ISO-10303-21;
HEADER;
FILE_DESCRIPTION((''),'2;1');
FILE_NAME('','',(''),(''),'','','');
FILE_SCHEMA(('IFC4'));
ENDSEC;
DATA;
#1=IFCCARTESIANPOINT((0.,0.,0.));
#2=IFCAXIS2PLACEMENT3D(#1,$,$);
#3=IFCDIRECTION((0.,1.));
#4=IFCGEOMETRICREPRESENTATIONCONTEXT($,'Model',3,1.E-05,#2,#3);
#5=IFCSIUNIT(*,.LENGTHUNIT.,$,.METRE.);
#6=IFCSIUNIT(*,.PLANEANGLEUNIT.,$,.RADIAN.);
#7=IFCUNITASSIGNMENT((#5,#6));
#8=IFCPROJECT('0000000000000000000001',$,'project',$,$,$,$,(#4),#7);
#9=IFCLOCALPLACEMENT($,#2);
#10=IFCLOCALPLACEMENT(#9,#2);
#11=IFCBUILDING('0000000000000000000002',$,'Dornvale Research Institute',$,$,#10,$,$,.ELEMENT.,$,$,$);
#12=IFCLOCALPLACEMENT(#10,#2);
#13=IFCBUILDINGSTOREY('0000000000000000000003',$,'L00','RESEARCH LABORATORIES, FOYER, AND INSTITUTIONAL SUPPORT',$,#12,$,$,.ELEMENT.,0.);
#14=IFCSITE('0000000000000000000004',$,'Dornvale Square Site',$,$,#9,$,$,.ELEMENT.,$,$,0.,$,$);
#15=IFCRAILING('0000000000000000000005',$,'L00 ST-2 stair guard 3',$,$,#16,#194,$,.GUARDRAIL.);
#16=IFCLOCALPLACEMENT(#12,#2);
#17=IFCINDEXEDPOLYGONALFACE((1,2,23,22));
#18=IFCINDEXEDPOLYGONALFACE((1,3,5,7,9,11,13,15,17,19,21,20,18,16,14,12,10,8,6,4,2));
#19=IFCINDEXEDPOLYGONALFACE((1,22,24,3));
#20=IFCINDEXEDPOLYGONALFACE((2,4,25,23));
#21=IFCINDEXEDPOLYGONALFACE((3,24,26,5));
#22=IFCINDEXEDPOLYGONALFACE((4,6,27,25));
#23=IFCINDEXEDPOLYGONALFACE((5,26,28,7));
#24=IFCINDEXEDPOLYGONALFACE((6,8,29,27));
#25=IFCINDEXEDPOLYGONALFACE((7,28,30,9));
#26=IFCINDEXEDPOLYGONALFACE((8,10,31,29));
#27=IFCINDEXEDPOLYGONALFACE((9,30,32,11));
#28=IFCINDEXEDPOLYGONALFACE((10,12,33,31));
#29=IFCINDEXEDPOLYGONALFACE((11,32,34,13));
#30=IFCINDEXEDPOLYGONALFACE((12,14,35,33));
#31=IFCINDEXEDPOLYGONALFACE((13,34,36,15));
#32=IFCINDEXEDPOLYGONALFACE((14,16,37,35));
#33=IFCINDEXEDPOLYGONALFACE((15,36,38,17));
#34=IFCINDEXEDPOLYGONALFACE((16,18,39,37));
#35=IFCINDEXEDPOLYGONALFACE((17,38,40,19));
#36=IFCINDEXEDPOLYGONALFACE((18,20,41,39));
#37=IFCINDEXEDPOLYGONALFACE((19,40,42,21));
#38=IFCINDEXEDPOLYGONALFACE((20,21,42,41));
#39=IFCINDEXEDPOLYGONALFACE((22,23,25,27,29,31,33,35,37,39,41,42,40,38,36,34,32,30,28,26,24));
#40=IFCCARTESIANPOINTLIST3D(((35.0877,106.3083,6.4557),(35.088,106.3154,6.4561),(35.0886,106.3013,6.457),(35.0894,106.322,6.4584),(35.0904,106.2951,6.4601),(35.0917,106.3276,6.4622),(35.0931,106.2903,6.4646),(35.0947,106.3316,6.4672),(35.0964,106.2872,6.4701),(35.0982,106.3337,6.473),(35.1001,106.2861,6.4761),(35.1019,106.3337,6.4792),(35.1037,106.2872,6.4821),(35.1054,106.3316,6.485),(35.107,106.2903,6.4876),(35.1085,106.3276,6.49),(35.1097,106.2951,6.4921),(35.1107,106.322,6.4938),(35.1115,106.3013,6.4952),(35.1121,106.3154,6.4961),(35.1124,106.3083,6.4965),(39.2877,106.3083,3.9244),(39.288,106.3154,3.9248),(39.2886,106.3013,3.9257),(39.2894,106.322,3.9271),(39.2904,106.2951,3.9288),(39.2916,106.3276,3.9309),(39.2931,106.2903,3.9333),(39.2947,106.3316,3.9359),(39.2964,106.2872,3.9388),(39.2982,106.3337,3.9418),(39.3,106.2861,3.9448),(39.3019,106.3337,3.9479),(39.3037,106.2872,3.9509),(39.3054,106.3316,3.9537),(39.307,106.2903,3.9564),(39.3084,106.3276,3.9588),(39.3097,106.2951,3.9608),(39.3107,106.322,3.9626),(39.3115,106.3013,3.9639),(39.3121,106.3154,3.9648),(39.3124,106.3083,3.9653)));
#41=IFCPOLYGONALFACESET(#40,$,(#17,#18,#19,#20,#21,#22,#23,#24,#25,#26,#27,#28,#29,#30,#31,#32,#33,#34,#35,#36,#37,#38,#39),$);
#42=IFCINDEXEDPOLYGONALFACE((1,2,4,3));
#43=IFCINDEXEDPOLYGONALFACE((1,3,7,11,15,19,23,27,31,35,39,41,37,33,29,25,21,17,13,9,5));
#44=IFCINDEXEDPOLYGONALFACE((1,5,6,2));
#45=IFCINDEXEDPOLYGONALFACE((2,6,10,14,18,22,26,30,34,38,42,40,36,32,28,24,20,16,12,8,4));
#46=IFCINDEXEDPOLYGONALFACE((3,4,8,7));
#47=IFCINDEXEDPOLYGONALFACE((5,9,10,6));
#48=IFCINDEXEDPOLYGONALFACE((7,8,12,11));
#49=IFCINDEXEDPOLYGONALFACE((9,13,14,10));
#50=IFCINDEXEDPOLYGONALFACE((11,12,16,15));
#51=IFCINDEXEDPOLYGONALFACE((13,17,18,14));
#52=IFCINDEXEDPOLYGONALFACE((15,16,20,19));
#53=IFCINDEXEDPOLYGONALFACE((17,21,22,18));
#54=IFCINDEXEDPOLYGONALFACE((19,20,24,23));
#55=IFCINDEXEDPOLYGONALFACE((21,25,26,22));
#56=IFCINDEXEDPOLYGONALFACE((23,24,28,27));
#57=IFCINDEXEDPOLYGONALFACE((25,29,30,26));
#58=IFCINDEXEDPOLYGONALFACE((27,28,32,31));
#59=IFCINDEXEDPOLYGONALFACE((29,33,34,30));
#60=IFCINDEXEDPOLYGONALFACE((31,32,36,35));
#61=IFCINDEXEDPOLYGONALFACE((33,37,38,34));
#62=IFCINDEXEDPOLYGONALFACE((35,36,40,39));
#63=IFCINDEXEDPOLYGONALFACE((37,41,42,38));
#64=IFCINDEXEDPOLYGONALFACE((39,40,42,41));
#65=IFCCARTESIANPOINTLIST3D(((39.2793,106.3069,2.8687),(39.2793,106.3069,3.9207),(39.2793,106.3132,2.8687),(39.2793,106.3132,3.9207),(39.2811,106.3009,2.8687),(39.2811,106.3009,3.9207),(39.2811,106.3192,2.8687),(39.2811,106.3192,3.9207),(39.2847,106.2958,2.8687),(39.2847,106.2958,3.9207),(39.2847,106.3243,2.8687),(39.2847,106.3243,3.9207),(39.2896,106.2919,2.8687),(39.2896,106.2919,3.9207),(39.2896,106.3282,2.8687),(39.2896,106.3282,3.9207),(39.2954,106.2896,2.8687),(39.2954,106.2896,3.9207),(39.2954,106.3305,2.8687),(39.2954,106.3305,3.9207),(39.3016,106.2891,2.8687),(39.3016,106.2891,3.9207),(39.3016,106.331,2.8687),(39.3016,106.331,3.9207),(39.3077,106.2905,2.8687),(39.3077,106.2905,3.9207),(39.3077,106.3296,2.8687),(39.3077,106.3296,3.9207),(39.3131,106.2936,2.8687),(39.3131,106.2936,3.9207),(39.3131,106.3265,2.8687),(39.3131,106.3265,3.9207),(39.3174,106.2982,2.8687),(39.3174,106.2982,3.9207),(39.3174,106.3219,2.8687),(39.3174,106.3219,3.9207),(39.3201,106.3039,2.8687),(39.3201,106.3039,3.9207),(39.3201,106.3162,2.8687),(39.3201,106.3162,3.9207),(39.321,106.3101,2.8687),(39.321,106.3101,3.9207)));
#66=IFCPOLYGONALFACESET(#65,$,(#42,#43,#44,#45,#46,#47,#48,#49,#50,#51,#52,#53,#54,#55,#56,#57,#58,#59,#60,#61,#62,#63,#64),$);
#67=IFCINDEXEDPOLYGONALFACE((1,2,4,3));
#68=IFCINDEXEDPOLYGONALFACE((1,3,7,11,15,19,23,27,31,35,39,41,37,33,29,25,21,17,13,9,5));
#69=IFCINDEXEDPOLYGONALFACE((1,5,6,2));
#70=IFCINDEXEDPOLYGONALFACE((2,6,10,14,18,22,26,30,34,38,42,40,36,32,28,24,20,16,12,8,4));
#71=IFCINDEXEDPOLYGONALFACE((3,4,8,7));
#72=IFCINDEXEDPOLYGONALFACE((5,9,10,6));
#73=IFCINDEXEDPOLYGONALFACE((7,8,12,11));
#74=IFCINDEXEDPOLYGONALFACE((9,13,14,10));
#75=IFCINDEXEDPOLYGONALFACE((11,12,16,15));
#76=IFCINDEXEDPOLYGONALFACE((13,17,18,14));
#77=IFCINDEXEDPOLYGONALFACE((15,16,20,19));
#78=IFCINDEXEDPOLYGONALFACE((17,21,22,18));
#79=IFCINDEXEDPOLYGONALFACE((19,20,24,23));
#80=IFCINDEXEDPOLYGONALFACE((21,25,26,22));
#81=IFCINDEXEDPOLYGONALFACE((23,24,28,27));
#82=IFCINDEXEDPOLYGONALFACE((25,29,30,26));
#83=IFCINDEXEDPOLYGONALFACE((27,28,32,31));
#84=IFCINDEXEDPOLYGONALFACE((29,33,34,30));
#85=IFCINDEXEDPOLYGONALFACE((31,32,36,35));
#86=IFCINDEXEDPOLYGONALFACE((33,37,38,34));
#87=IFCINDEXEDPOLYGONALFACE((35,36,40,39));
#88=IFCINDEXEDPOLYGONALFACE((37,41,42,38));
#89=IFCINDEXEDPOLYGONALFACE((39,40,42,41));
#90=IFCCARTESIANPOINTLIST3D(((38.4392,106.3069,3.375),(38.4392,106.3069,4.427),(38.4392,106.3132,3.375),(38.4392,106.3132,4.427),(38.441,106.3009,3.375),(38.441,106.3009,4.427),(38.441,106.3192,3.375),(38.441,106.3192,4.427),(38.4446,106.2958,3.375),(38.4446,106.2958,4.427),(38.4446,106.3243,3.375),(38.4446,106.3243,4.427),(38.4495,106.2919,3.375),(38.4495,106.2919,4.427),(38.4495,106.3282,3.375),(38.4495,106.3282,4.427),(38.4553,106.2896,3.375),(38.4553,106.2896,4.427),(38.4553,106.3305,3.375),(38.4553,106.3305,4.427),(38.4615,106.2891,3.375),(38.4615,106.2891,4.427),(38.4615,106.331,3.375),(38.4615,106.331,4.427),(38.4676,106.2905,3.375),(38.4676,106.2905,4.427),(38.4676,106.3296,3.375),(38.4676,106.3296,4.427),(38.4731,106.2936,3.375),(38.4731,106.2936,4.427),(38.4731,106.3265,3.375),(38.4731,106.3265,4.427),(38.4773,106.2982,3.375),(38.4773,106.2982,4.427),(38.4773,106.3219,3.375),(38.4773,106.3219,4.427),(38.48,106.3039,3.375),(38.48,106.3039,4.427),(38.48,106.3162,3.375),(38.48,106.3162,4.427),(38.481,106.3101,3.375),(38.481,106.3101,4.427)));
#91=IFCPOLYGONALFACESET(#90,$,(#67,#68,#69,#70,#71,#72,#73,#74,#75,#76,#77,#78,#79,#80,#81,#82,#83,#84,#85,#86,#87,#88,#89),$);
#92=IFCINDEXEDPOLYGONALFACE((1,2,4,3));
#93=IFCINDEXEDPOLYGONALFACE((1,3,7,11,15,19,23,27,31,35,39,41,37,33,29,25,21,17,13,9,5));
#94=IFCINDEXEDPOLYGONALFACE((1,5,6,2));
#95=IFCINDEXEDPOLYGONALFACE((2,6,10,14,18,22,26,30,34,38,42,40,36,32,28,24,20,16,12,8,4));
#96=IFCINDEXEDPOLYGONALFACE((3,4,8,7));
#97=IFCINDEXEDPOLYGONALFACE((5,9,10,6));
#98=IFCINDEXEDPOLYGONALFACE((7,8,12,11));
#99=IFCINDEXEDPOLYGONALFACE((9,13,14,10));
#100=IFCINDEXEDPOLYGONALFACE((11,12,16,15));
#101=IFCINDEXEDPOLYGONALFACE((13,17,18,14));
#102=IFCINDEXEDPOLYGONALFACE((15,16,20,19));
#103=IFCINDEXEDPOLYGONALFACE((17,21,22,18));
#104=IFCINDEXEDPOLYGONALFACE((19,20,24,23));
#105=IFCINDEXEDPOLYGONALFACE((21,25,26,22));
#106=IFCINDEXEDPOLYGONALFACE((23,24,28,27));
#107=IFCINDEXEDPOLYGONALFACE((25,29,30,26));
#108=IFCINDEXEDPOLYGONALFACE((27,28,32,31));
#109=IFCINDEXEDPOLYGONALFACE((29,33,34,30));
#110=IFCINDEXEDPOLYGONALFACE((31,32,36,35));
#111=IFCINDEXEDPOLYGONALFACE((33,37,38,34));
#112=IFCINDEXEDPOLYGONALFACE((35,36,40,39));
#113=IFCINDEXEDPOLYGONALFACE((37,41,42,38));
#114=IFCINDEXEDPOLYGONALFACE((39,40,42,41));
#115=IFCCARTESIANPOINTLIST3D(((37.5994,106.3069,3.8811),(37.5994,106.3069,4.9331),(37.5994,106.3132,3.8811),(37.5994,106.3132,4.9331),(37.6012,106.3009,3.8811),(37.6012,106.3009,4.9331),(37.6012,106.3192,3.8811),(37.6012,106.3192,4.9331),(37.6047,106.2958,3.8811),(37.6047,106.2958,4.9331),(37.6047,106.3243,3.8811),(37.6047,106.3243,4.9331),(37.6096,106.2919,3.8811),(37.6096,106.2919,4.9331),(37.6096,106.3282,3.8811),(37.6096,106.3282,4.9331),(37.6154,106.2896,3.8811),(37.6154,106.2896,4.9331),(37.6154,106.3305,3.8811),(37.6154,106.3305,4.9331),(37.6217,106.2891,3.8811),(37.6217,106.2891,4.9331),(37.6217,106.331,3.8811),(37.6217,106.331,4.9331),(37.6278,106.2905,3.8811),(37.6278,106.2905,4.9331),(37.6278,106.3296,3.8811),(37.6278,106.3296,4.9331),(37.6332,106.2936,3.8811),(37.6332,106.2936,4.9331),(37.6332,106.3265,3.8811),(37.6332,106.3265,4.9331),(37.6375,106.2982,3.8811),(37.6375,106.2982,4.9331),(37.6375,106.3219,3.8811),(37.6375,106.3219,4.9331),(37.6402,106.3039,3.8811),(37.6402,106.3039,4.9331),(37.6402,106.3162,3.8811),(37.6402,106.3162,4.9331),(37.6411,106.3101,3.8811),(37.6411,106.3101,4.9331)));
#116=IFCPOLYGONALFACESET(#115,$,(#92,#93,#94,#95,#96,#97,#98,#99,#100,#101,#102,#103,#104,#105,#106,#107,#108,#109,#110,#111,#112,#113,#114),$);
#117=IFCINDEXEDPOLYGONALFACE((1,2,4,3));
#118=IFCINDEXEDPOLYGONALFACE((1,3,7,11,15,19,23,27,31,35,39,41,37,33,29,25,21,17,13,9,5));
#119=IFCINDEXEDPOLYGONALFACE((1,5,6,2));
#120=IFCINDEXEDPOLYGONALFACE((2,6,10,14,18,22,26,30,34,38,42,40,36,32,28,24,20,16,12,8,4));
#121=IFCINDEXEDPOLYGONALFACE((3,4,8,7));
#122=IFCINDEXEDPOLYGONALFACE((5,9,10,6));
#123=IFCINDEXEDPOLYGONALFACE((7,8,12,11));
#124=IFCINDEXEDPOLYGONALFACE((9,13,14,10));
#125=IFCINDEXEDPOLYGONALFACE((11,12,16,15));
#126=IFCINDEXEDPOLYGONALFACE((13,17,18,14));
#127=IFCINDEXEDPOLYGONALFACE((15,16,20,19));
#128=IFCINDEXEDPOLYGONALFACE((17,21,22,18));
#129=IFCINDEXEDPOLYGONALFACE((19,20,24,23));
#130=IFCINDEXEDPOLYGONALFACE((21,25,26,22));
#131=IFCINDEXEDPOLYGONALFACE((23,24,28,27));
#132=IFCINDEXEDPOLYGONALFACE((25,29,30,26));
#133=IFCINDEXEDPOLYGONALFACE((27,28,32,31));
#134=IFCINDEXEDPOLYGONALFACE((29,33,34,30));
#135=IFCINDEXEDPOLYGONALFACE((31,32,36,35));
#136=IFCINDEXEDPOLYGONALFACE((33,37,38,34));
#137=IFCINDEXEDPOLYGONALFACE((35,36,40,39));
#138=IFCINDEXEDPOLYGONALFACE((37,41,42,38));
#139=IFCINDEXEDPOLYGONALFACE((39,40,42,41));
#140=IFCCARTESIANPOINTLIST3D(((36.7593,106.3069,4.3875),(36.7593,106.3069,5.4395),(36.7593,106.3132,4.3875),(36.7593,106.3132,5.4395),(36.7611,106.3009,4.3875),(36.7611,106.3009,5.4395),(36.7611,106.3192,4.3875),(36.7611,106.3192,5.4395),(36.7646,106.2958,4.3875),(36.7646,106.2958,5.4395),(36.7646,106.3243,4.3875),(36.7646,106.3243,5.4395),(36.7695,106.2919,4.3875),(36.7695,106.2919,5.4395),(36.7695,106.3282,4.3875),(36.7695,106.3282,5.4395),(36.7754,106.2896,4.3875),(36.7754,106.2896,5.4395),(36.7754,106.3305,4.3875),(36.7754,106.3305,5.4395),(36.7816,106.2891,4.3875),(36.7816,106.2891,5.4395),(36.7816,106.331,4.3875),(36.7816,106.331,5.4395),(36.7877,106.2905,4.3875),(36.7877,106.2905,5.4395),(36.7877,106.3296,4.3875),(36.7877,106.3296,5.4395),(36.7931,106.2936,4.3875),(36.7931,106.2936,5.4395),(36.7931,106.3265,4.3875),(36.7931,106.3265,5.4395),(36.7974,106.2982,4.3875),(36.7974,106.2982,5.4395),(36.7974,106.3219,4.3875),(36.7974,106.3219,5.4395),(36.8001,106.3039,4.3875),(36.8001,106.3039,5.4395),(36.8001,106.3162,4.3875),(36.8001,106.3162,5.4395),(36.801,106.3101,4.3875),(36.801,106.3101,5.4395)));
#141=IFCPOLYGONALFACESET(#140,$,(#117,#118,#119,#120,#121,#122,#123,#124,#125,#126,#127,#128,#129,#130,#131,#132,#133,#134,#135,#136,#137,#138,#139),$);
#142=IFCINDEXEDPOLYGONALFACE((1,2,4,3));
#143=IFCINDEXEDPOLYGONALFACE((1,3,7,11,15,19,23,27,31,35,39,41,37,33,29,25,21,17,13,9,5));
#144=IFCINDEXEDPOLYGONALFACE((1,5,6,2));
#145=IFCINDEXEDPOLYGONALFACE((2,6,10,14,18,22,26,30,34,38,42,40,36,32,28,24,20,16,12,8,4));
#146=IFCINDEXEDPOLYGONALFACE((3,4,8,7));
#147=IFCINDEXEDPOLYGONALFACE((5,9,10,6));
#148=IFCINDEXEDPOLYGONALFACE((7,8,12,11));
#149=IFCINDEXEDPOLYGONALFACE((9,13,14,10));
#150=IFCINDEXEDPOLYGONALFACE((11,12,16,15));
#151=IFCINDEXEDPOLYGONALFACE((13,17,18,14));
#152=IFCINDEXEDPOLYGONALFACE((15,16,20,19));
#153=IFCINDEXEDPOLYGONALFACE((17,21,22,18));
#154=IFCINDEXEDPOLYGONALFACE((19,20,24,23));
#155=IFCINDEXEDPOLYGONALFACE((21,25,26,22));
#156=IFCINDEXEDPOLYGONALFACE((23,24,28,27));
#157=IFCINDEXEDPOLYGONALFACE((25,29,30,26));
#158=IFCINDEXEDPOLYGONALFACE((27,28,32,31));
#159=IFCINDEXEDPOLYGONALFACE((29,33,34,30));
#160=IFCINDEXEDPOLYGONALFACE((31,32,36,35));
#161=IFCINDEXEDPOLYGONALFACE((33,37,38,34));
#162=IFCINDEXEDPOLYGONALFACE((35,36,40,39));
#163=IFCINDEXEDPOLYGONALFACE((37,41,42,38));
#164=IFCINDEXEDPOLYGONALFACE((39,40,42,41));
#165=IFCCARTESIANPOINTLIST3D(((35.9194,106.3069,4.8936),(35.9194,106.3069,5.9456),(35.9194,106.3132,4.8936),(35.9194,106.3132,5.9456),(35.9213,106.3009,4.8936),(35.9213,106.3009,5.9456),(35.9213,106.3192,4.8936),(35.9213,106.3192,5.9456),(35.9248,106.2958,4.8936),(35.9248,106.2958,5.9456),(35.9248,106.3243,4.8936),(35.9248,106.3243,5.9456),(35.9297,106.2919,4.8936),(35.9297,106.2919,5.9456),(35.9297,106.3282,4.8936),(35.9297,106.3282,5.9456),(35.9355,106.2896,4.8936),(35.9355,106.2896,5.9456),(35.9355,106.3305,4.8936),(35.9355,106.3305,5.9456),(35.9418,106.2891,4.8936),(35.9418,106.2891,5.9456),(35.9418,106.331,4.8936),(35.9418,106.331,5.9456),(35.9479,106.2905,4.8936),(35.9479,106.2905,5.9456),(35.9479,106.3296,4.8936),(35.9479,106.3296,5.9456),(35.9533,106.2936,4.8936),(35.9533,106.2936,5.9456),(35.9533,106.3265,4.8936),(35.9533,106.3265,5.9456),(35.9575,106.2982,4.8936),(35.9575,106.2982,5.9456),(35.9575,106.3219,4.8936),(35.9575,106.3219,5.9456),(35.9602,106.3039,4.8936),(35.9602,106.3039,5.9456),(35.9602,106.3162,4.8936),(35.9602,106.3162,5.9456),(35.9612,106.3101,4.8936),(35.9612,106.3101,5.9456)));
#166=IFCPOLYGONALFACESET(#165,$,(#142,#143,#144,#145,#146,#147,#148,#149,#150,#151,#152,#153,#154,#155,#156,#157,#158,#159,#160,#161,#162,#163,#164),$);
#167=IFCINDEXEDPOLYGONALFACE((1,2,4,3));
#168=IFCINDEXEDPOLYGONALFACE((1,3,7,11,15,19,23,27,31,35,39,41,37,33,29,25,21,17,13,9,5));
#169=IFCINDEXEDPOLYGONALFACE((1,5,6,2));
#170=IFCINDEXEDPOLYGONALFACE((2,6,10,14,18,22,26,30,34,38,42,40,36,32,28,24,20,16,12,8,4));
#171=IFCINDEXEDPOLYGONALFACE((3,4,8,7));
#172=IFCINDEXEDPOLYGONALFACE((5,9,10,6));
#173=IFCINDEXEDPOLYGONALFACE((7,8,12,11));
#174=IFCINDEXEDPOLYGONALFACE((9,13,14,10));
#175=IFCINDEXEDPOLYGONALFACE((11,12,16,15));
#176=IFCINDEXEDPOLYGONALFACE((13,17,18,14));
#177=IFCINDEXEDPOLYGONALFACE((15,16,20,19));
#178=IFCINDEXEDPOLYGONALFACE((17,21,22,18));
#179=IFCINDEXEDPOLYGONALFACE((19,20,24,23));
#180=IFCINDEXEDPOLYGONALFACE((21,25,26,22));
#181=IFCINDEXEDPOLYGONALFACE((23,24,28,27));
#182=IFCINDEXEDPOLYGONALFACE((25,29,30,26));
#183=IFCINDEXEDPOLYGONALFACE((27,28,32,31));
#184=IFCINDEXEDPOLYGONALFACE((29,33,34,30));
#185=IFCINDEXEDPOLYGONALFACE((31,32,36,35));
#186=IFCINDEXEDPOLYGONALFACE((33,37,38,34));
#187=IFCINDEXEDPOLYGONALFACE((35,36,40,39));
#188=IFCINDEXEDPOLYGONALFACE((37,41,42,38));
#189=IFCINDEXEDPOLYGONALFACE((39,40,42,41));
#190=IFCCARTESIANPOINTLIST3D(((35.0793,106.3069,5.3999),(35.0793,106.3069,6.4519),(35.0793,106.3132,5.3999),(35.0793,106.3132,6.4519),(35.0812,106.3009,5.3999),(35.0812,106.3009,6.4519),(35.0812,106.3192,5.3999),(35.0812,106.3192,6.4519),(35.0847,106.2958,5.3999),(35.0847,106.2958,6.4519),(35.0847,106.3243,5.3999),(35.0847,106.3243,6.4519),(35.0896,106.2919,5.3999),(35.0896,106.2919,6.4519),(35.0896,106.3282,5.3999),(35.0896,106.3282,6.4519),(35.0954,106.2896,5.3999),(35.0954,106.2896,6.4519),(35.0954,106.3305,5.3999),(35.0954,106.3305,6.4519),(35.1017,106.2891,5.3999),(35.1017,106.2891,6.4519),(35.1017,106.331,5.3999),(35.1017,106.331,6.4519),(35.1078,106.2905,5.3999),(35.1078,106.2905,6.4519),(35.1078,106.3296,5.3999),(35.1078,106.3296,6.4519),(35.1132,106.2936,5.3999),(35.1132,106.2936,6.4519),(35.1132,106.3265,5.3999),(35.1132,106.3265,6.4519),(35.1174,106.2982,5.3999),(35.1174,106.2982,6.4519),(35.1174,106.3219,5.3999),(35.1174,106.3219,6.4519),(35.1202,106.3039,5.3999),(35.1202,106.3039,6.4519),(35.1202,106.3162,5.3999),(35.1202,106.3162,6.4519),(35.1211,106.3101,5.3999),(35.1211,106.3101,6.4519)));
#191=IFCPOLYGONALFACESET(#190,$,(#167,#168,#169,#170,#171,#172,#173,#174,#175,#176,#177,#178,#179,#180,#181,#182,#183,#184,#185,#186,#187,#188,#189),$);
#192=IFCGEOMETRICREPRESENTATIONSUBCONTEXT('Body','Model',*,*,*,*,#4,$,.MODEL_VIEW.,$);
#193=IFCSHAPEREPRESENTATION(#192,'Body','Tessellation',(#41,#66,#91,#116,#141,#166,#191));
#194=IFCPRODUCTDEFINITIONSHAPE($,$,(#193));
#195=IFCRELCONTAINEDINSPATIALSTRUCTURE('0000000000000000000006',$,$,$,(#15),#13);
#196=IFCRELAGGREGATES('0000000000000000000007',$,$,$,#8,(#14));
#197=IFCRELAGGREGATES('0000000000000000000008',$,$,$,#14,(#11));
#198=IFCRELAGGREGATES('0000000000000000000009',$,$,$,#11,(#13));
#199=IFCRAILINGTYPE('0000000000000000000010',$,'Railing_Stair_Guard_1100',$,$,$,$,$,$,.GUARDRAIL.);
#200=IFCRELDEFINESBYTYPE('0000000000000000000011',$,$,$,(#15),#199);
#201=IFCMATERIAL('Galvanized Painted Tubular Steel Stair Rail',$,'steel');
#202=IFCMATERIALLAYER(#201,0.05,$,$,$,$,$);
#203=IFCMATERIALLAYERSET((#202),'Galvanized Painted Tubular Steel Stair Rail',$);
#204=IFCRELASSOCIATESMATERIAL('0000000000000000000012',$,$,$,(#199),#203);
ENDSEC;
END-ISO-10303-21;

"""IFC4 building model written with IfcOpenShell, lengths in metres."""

from ifc_helpers import new_model, si_unit, direction, frame, origin, origin_2d, place, context, subcontext, project, spatial, circle, extrude, material, layer, layer_set, type_object, element, save


model = new_model("IFC4")

# Units and contexts
model_context = context("Model", 3, precision=1e-05, world=origin(), true_north=direction((0.0, 1.0)))
body_context = subcontext(model_context, "Body", "Model", "MODEL_VIEW")
ifc_project = project(units=[si_unit("LENGTHUNIT", "METRE"), si_unit("PLANEANGLEUNIT", "RADIAN")], contexts=[model_context])

# Site, building, storey
site_placement = place(None, origin())
site = spatial("IfcSite", under=ifc_project, at=site_placement, Name="Dornvale Square Site", CompositionType="ELEMENT", RefElevation=0.0)
building_placement = place(site_placement, origin())
building = spatial("IfcBuilding", under=site, at=building_placement, Name="Dornvale Research Institute", CompositionType="ELEMENT")
storey_placement = place(building_placement, origin())
storey = spatial("IfcBuildingStorey", under=building, at=storey_placement, Name="L00", Description="RESEARCH LABORATORIES, FOYER, AND INSTITUTIONAL SUPPORT", CompositionType="ELEMENT", Elevation=0.0)

# Railing
ifc_material_1 = material(Name="Galvanized Painted Tubular Steel Stair Rail", Category="steel")
ifc_layer_1 = layer(ifc_material_1, 0.05)
ifc_layer_set_1 = layer_set([ifc_layer_1], Name="Galvanized Painted Tubular Steel Stair Rail")
railing_type_1 = type_object("IfcRailingType", Name="Railing_Stair_Guard_1100", PredefinedType="GUARDRAIL", material=ifc_layer_set_1)
railing_1_placement = place(storey_placement, frame((39.3, 106.3101, 2.8687)))
element("IfcRailing", 1, at=railing_1_placement, inside=storey, type_object=railing_type_1, Name="L00 ST-2 stair guard 3", PredefinedType="GUARDRAIL", context=body_context, shape_type="SweptSolid", body=[
    extrude(circle(Radius=0.0239, at=origin_2d()), frame((0.0, 0.0, 1.0762), z_axis=(-0.856476, 0.0, 0.516186), x_axis=(0.0, -1.0, 0.0)), (0.0, 0.0, 1.0), 4.9038),
    extrude(circle(Radius=0.021, at=origin_2d()), origin(), (0.0, 0.0, 1.0), 1.052),
    extrude(circle(Radius=0.021, at=origin_2d()), frame((-0.8401, 0.0, 0.5063)), (0.0, 0.0, 1.0), 1.052),
    extrude(circle(Radius=0.021, at=origin_2d()), frame((-1.6799, 0.0, 1.0125)), (0.0, 0.0, 1.0), 1.052),
    extrude(circle(Radius=0.021, at=origin_2d()), frame((-2.52, 0.0, 1.5188)), (0.0, 0.0, 1.0), 1.052),
    extrude(circle(Radius=0.021, at=origin_2d()), frame((-3.3599, 0.0, 2.0249)), (0.0, 0.0, 1.0), 1.052),
    extrude(circle(Radius=0.021, at=origin_2d()), frame((-4.2, 0.0, 2.5312)), (0.0, 0.0, 1.0), 1.052),
])

save(model, "model.ifc")
